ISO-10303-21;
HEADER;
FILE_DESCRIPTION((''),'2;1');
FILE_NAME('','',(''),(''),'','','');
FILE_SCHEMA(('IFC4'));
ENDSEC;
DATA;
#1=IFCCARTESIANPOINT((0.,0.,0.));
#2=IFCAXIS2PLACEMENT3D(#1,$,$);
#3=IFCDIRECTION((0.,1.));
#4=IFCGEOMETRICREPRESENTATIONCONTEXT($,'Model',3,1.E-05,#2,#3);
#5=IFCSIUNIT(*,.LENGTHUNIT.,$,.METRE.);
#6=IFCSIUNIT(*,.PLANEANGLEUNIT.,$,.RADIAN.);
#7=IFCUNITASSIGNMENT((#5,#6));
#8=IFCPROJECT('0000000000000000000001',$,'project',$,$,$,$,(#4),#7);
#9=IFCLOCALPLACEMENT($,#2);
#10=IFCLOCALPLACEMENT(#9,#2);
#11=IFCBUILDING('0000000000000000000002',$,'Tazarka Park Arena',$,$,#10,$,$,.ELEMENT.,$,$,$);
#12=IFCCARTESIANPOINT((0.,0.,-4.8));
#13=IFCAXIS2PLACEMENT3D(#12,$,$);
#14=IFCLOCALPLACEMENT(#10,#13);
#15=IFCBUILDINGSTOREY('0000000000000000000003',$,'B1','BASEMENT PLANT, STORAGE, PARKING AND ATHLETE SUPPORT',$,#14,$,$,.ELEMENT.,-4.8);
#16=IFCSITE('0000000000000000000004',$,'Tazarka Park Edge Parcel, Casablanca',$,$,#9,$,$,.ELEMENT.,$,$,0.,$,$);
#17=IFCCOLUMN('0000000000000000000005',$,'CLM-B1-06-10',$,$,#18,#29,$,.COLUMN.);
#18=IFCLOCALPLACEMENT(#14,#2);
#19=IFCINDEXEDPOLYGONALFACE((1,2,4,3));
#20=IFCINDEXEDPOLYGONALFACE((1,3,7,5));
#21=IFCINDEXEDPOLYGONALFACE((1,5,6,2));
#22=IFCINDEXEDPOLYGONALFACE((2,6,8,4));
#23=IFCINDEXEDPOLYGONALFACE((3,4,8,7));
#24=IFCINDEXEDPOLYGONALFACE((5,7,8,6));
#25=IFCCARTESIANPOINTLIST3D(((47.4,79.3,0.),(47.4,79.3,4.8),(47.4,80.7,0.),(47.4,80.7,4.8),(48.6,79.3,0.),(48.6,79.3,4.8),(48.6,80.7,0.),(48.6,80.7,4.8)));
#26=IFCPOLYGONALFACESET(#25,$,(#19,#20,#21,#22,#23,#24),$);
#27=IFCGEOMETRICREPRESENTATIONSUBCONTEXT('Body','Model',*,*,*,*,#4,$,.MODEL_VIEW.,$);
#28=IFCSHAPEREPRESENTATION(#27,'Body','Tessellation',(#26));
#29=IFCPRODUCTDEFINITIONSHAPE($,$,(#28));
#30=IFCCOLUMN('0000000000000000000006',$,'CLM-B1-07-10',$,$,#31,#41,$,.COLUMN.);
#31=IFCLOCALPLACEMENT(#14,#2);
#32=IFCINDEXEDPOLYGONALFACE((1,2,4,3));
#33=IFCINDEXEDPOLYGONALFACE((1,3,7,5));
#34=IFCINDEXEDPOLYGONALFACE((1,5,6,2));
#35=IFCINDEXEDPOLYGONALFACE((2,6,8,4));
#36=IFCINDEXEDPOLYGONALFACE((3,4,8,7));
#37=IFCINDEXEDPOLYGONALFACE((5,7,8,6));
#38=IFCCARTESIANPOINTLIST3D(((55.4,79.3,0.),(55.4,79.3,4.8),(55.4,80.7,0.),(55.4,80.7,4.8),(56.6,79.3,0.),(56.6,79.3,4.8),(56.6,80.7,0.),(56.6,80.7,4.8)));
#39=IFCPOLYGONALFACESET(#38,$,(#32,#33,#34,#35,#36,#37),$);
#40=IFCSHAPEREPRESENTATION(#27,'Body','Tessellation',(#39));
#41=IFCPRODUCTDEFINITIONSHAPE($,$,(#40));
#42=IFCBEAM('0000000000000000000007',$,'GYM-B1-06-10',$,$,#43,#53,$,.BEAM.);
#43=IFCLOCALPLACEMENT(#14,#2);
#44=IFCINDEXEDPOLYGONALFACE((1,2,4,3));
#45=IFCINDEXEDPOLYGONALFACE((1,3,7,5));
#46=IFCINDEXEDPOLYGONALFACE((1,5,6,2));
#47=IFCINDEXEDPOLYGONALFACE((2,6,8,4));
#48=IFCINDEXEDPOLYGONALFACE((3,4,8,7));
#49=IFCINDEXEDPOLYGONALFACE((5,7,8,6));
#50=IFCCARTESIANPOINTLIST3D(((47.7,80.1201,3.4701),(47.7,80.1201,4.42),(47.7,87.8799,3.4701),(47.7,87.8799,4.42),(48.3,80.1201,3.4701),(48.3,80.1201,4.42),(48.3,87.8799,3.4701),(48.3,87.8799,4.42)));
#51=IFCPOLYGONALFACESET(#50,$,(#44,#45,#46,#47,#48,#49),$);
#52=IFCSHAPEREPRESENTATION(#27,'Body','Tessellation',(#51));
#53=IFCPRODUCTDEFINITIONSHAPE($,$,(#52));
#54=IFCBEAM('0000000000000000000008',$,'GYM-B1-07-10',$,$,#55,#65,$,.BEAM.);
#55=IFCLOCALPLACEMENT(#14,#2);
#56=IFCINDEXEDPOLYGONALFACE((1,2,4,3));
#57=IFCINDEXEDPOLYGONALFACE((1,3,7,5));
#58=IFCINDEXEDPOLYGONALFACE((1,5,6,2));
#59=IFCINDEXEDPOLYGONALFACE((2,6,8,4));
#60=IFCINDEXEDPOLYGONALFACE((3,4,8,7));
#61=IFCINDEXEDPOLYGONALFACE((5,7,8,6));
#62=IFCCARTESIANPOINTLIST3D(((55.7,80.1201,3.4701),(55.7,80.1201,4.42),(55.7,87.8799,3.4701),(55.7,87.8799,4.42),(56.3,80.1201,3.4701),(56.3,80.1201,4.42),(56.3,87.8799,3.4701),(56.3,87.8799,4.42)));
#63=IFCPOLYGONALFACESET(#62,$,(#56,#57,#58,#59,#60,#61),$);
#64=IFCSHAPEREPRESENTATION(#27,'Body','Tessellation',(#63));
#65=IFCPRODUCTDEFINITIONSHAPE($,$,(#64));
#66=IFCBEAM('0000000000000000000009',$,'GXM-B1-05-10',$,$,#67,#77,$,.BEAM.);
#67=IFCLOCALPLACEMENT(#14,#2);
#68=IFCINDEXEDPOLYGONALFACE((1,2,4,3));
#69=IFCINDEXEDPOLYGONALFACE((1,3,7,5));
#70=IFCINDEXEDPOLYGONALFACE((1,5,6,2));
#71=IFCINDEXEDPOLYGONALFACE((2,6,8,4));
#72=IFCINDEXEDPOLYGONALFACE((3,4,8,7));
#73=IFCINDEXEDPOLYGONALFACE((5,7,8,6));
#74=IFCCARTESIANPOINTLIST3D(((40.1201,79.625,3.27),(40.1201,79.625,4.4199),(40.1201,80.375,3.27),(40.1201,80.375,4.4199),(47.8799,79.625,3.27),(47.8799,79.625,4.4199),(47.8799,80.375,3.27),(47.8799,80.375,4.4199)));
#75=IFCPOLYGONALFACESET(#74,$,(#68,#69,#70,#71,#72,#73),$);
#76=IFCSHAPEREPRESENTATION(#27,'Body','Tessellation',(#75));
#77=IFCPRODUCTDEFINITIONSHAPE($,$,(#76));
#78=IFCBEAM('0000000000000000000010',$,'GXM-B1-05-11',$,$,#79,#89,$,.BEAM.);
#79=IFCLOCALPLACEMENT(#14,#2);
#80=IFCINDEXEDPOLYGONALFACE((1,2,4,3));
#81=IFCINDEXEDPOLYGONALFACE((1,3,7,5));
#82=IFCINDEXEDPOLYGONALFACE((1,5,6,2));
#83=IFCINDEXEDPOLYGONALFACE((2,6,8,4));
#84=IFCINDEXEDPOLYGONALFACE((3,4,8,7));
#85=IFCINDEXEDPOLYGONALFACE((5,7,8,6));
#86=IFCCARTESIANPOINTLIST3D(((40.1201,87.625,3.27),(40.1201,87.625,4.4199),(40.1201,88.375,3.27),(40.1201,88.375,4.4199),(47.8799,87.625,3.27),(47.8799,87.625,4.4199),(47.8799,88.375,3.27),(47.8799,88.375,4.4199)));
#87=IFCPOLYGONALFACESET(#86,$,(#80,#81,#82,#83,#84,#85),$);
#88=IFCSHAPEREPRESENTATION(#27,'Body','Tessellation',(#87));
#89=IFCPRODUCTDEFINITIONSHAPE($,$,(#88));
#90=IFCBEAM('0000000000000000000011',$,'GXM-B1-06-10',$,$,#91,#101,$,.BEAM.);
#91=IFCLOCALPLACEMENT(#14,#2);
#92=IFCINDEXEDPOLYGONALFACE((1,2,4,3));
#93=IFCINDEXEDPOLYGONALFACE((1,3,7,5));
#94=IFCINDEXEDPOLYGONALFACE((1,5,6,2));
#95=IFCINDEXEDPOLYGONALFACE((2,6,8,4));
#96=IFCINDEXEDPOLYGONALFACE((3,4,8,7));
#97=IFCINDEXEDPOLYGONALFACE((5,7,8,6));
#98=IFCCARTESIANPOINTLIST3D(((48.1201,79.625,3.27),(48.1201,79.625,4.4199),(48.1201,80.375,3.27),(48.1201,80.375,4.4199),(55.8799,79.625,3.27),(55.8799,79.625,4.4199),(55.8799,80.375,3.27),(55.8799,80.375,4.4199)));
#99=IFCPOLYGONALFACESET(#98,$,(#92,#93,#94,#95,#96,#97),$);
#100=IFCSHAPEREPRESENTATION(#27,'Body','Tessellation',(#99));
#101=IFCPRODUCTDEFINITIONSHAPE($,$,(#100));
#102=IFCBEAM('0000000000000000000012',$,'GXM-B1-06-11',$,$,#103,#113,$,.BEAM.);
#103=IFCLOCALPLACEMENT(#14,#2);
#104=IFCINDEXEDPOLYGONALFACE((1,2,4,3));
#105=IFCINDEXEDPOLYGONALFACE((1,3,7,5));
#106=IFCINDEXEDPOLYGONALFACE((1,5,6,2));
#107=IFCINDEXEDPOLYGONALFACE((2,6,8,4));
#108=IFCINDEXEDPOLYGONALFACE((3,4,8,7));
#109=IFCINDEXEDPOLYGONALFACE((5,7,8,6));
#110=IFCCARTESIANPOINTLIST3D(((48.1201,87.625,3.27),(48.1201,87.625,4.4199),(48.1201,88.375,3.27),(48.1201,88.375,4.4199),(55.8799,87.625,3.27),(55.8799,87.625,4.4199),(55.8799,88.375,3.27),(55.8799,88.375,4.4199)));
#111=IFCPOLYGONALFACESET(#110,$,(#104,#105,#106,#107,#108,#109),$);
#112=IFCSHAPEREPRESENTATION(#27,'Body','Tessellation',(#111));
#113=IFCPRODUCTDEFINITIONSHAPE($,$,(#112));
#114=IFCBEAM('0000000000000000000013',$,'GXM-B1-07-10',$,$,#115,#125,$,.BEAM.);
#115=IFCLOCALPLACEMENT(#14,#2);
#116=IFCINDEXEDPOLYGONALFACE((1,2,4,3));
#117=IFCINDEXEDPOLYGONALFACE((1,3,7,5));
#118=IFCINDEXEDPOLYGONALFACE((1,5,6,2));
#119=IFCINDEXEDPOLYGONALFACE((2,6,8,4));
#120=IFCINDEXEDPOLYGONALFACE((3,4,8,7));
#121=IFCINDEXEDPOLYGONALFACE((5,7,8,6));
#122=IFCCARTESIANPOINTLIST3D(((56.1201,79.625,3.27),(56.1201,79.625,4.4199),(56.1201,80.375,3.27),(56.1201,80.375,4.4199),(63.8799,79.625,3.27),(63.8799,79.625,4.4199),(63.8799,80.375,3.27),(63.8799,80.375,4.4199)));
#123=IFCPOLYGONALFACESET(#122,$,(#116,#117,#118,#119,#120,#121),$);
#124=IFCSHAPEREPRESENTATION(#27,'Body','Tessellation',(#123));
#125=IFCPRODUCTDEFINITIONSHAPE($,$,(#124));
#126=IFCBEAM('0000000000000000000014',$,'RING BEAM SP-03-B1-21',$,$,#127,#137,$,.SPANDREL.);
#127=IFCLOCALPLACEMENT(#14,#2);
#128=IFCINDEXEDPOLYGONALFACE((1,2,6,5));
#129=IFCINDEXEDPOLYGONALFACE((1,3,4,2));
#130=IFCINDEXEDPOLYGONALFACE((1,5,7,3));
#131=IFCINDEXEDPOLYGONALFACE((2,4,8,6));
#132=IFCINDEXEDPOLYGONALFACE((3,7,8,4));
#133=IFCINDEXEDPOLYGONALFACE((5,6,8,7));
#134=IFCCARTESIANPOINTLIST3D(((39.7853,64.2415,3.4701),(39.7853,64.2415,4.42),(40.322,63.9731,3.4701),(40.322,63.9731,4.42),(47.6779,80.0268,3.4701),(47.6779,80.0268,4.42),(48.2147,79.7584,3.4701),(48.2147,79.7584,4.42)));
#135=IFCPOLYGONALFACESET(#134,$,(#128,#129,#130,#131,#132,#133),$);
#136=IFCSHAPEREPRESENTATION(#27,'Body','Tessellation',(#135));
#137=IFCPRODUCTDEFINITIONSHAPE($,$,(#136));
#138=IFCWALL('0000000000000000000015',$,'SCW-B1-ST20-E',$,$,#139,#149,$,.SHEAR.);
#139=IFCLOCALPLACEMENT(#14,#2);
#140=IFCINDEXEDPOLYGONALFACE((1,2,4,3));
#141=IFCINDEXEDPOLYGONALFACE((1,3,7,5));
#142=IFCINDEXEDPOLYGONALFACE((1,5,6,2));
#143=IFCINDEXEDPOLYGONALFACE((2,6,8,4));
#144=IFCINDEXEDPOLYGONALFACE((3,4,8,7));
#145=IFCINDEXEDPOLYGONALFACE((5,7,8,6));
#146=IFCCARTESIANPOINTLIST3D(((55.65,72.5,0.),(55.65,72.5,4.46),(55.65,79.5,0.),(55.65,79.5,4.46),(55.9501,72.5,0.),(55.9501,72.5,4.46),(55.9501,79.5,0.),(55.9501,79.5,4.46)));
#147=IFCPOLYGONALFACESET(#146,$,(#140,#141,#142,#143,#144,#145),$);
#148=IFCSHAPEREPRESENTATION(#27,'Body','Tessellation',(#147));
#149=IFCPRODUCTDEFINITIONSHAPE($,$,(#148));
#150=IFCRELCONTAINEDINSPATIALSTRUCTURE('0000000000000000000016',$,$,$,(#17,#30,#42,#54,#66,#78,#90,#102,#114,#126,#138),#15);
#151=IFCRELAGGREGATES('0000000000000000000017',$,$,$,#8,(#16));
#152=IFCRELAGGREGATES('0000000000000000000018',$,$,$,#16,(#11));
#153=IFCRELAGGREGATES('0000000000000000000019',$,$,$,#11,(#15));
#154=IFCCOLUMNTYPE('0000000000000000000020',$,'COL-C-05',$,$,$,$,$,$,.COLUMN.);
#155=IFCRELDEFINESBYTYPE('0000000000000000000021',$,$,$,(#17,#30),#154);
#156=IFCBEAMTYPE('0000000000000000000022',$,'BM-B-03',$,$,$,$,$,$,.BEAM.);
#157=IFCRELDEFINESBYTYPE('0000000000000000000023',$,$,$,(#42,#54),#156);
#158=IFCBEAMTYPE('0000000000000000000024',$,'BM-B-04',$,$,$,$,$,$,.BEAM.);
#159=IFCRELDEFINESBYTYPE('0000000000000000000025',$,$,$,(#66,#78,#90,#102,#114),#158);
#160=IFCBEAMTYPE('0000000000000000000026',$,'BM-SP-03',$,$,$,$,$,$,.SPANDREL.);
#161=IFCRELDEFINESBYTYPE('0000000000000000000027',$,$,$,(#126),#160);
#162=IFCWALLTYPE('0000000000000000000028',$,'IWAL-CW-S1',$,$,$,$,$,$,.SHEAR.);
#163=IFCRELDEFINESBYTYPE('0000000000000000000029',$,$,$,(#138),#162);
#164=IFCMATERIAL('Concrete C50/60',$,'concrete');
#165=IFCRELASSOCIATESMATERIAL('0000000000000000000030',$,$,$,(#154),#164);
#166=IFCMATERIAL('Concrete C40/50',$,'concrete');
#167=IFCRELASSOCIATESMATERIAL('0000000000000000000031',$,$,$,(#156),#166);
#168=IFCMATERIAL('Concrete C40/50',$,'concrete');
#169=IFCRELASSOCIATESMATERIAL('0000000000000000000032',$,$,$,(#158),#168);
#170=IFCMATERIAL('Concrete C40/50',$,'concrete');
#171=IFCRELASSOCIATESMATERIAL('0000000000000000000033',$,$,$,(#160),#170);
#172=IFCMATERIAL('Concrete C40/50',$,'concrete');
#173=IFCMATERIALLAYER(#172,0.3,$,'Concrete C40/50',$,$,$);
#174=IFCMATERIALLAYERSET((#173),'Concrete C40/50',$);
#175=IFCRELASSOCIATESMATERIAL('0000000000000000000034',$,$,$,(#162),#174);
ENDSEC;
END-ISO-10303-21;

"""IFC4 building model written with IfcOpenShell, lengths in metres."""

from ifc_helpers import new_model, si_unit, direction, frame, frame_2d, origin, origin_2d, place, context, subcontext, project, spatial, rectangle, extrude, material, layer, layer_set, material_profile, profile_set, type_object, element, save


model = new_model("IFC4")

# Units and contexts
model_context = context("Model", 3, precision=1e-05, world=origin(), true_north=direction((0.0, 1.0)))
body_context = subcontext(model_context, "Body", "Model", "MODEL_VIEW")
ifc_project = project(units=[si_unit("LENGTHUNIT", "METRE"), si_unit("PLANEANGLEUNIT", "RADIAN")], contexts=[model_context])

# Site, building, storey
site_placement = place(None, origin())
site = spatial("IfcSite", under=ifc_project, at=site_placement, Name="Tazarka Park Edge Parcel, Casablanca", CompositionType="ELEMENT", RefElevation=0.0)
building_placement = place(site_placement, origin())
building = spatial("IfcBuilding", under=site, at=building_placement, Name="Tazarka Park Arena", CompositionType="ELEMENT")
storey_placement = place(building_placement, frame((0.0, 0.0, -4.8)))
storey = spatial("IfcBuildingStorey", under=building, at=storey_placement, Name="B1", Description="BASEMENT PLANT, STORAGE, PARKING AND ATHLETE SUPPORT", CompositionType="ELEMENT", Elevation=-4.8)

# Columns
ifc_material_1 = material(Name="Concrete C50/60", Category="concrete")
ifc_material_profile_1 = material_profile(ifc_material_1, rectangle(XDim=1.2, YDim=1.3999, at=origin_2d()), Name="Concrete C50/60")
ifc_profile_set_1 = profile_set([ifc_material_profile_1], Name="Concrete C50/60")
column_type_1 = type_object("IfcColumnType", Name="COL-C-05", PredefinedType="COLUMN", material=ifc_profile_set_1)
for number, where, z_axis, x_axis, name in (
    (1, (48.0, 80.0, 0.0), (0.0, 0.0, 1.0), (1.0, 0.0, 0.0), "CLM-B1-06-10"),
    (2, (56.0, 80.0, 0.0), (0.0, 0.0, 1.0), (1.0, 0.0, 0.0), "CLM-B1-07-10"),
):
    element("IfcColumn", number, at=place(storey_placement, frame(where, z_axis=z_axis, x_axis=x_axis)), inside=storey, type_object=column_type_1, Name=name, PredefinedType="COLUMN", context=body_context, shape_type="SweptSolid", body=[
        extrude(rectangle(XDim=1.2, YDim=1.3999, at=origin_2d()), origin(), (0.0, 0.0, 1.0), 4.8),
    ])

# Beams
ifc_material_2 = material(Name="Concrete C40/50", Category="concrete")
ifc_material_profile_2 = material_profile(ifc_material_2, rectangle(XDim=0.6001, YDim=0.95, at=origin_2d()), Name="Concrete C40/50")
ifc_profile_set_2 = profile_set([ifc_material_profile_2], Name="Concrete C40/50")
beam_type_1 = type_object("IfcBeamType", Name="BM-B-03", PredefinedType="BEAM", material=ifc_profile_set_2)
for number, where, z_axis, x_axis, name in (
    (3, (48.0, 80.1201, 3.9451), (0.0, 1.0, 0.0), (-1.0, 0.0, 0.0), "GYM-B1-06-10"),
    (4, (56.0, 80.1201, 3.9451), (0.0, 1.0, 0.0), (-1.0, 0.0, 0.0), "GYM-B1-07-10"),
):
    element("IfcBeam", number, at=place(storey_placement, frame(where, z_axis=z_axis, x_axis=x_axis)), inside=storey, type_object=beam_type_1, Name=name, PredefinedType="BEAM", context=body_context, shape_type="SweptSolid", body=[
        extrude(rectangle(XDim=0.6001, YDim=0.95, at=origin_2d()), origin(), (0.0, 0.0, 1.0), 7.7598),
    ])
ifc_material_3 = material(Name="Concrete C40/50", Category="concrete")
ifc_material_profile_3 = material_profile(ifc_material_3, rectangle(XDim=0.75, YDim=1.1499, at=origin_2d()), Name="Concrete C40/50")
ifc_profile_set_3 = profile_set([ifc_material_profile_3], Name="Concrete C40/50")
beam_type_2 = type_object("IfcBeamType", Name="BM-B-04", PredefinedType="BEAM", material=ifc_profile_set_3)
for number, where, z_axis, x_axis, name in (
    (5, (40.1201, 80.0, 3.845), (1.0, 0.0, 0.0), (0.0, 1.0, 0.0), "GXM-B1-05-10"),
    (6, (40.1201, 88.0, 3.845), (1.0, 0.0, 0.0), (0.0, 1.0, 0.0), "GXM-B1-05-11"),
    (7, (48.1201, 80.0, 3.845), (1.0, 0.0, 0.0), (0.0, 1.0, 0.0), "GXM-B1-06-10"),
    (8, (48.1201, 88.0, 3.845), (1.0, 0.0, 0.0), (0.0, 1.0, 0.0), "GXM-B1-06-11"),
    (9, (56.1201, 80.0, 3.845), (1.0, 0.0, 0.0), (0.0, 1.0, 0.0), "GXM-B1-07-10"),
):
    element("IfcBeam", number, at=place(storey_placement, frame(where, z_axis=z_axis, x_axis=x_axis)), inside=storey, type_object=beam_type_2, Name=name, PredefinedType="BEAM", context=body_context, shape_type="SweptSolid", body=[
        extrude(rectangle(XDim=0.75, YDim=1.1499, at=origin_2d()), origin(), (0.0, 0.0, 1.0), 7.7598),
    ])
ifc_material_4 = material(Name="Concrete C40/50", Category="concrete")
ifc_material_profile_4 = material_profile(ifc_material_4, rectangle(XDim=0.6001, YDim=0.95, at=origin_2d()), Name="Concrete C40/50")
ifc_profile_set_4 = profile_set([ifc_material_profile_4], Name="Concrete C40/50")
beam_type_3 = type_object("IfcBeamType", Name="BM-SP-03", PredefinedType="SPANDREL", material=ifc_profile_set_4)
beam_placement = place(storey_placement, frame((47.9463, 79.8926, 3.9451), z_axis=(-0.447214, -0.894427, 0.0), x_axis=(0.894427, -0.447214, 0.0)))
element("IfcBeam", 10, at=beam_placement, inside=storey, type_object=beam_type_3, Name="RING BEAM SP-03-B1-21", PredefinedType="SPANDREL", context=body_context, shape_type="SweptSolid", body=[
    extrude(rectangle(XDim=0.6001, YDim=0.95, at=origin_2d()), origin(), (0.0, 0.0, 1.0), 17.6484),
])

# Wall
ifc_material_5 = material(Name="Concrete C40/50", Category="concrete")
ifc_layer = layer(ifc_material_5, 0.3, Name="Concrete C40/50")
ifc_layer_set = layer_set([ifc_layer], Name="Concrete C40/50")
wall_type = type_object("IfcWallType", Name="IWAL-CW-S1", PredefinedType="SHEAR", material=ifc_layer_set)
wall_placement = place(storey_placement, frame((55.8, 79.5, 0.0), z_axis=(0.0, 0.0, 1.0), x_axis=(0.0, -1.0, 0.0)))
element("IfcWall", 11, at=wall_placement, inside=storey, type_object=wall_type, Name="SCW-B1-ST20-E", PredefinedType="SHEAR", context=body_context, shape_type="SweptSolid", body=[
    extrude(rectangle(XDim=7.0, YDim=0.3, at=frame_2d((3.5, 0.0))), origin(), (0.0, 0.0, 1.0), 4.46),
])

save(model, "model.ifc")
